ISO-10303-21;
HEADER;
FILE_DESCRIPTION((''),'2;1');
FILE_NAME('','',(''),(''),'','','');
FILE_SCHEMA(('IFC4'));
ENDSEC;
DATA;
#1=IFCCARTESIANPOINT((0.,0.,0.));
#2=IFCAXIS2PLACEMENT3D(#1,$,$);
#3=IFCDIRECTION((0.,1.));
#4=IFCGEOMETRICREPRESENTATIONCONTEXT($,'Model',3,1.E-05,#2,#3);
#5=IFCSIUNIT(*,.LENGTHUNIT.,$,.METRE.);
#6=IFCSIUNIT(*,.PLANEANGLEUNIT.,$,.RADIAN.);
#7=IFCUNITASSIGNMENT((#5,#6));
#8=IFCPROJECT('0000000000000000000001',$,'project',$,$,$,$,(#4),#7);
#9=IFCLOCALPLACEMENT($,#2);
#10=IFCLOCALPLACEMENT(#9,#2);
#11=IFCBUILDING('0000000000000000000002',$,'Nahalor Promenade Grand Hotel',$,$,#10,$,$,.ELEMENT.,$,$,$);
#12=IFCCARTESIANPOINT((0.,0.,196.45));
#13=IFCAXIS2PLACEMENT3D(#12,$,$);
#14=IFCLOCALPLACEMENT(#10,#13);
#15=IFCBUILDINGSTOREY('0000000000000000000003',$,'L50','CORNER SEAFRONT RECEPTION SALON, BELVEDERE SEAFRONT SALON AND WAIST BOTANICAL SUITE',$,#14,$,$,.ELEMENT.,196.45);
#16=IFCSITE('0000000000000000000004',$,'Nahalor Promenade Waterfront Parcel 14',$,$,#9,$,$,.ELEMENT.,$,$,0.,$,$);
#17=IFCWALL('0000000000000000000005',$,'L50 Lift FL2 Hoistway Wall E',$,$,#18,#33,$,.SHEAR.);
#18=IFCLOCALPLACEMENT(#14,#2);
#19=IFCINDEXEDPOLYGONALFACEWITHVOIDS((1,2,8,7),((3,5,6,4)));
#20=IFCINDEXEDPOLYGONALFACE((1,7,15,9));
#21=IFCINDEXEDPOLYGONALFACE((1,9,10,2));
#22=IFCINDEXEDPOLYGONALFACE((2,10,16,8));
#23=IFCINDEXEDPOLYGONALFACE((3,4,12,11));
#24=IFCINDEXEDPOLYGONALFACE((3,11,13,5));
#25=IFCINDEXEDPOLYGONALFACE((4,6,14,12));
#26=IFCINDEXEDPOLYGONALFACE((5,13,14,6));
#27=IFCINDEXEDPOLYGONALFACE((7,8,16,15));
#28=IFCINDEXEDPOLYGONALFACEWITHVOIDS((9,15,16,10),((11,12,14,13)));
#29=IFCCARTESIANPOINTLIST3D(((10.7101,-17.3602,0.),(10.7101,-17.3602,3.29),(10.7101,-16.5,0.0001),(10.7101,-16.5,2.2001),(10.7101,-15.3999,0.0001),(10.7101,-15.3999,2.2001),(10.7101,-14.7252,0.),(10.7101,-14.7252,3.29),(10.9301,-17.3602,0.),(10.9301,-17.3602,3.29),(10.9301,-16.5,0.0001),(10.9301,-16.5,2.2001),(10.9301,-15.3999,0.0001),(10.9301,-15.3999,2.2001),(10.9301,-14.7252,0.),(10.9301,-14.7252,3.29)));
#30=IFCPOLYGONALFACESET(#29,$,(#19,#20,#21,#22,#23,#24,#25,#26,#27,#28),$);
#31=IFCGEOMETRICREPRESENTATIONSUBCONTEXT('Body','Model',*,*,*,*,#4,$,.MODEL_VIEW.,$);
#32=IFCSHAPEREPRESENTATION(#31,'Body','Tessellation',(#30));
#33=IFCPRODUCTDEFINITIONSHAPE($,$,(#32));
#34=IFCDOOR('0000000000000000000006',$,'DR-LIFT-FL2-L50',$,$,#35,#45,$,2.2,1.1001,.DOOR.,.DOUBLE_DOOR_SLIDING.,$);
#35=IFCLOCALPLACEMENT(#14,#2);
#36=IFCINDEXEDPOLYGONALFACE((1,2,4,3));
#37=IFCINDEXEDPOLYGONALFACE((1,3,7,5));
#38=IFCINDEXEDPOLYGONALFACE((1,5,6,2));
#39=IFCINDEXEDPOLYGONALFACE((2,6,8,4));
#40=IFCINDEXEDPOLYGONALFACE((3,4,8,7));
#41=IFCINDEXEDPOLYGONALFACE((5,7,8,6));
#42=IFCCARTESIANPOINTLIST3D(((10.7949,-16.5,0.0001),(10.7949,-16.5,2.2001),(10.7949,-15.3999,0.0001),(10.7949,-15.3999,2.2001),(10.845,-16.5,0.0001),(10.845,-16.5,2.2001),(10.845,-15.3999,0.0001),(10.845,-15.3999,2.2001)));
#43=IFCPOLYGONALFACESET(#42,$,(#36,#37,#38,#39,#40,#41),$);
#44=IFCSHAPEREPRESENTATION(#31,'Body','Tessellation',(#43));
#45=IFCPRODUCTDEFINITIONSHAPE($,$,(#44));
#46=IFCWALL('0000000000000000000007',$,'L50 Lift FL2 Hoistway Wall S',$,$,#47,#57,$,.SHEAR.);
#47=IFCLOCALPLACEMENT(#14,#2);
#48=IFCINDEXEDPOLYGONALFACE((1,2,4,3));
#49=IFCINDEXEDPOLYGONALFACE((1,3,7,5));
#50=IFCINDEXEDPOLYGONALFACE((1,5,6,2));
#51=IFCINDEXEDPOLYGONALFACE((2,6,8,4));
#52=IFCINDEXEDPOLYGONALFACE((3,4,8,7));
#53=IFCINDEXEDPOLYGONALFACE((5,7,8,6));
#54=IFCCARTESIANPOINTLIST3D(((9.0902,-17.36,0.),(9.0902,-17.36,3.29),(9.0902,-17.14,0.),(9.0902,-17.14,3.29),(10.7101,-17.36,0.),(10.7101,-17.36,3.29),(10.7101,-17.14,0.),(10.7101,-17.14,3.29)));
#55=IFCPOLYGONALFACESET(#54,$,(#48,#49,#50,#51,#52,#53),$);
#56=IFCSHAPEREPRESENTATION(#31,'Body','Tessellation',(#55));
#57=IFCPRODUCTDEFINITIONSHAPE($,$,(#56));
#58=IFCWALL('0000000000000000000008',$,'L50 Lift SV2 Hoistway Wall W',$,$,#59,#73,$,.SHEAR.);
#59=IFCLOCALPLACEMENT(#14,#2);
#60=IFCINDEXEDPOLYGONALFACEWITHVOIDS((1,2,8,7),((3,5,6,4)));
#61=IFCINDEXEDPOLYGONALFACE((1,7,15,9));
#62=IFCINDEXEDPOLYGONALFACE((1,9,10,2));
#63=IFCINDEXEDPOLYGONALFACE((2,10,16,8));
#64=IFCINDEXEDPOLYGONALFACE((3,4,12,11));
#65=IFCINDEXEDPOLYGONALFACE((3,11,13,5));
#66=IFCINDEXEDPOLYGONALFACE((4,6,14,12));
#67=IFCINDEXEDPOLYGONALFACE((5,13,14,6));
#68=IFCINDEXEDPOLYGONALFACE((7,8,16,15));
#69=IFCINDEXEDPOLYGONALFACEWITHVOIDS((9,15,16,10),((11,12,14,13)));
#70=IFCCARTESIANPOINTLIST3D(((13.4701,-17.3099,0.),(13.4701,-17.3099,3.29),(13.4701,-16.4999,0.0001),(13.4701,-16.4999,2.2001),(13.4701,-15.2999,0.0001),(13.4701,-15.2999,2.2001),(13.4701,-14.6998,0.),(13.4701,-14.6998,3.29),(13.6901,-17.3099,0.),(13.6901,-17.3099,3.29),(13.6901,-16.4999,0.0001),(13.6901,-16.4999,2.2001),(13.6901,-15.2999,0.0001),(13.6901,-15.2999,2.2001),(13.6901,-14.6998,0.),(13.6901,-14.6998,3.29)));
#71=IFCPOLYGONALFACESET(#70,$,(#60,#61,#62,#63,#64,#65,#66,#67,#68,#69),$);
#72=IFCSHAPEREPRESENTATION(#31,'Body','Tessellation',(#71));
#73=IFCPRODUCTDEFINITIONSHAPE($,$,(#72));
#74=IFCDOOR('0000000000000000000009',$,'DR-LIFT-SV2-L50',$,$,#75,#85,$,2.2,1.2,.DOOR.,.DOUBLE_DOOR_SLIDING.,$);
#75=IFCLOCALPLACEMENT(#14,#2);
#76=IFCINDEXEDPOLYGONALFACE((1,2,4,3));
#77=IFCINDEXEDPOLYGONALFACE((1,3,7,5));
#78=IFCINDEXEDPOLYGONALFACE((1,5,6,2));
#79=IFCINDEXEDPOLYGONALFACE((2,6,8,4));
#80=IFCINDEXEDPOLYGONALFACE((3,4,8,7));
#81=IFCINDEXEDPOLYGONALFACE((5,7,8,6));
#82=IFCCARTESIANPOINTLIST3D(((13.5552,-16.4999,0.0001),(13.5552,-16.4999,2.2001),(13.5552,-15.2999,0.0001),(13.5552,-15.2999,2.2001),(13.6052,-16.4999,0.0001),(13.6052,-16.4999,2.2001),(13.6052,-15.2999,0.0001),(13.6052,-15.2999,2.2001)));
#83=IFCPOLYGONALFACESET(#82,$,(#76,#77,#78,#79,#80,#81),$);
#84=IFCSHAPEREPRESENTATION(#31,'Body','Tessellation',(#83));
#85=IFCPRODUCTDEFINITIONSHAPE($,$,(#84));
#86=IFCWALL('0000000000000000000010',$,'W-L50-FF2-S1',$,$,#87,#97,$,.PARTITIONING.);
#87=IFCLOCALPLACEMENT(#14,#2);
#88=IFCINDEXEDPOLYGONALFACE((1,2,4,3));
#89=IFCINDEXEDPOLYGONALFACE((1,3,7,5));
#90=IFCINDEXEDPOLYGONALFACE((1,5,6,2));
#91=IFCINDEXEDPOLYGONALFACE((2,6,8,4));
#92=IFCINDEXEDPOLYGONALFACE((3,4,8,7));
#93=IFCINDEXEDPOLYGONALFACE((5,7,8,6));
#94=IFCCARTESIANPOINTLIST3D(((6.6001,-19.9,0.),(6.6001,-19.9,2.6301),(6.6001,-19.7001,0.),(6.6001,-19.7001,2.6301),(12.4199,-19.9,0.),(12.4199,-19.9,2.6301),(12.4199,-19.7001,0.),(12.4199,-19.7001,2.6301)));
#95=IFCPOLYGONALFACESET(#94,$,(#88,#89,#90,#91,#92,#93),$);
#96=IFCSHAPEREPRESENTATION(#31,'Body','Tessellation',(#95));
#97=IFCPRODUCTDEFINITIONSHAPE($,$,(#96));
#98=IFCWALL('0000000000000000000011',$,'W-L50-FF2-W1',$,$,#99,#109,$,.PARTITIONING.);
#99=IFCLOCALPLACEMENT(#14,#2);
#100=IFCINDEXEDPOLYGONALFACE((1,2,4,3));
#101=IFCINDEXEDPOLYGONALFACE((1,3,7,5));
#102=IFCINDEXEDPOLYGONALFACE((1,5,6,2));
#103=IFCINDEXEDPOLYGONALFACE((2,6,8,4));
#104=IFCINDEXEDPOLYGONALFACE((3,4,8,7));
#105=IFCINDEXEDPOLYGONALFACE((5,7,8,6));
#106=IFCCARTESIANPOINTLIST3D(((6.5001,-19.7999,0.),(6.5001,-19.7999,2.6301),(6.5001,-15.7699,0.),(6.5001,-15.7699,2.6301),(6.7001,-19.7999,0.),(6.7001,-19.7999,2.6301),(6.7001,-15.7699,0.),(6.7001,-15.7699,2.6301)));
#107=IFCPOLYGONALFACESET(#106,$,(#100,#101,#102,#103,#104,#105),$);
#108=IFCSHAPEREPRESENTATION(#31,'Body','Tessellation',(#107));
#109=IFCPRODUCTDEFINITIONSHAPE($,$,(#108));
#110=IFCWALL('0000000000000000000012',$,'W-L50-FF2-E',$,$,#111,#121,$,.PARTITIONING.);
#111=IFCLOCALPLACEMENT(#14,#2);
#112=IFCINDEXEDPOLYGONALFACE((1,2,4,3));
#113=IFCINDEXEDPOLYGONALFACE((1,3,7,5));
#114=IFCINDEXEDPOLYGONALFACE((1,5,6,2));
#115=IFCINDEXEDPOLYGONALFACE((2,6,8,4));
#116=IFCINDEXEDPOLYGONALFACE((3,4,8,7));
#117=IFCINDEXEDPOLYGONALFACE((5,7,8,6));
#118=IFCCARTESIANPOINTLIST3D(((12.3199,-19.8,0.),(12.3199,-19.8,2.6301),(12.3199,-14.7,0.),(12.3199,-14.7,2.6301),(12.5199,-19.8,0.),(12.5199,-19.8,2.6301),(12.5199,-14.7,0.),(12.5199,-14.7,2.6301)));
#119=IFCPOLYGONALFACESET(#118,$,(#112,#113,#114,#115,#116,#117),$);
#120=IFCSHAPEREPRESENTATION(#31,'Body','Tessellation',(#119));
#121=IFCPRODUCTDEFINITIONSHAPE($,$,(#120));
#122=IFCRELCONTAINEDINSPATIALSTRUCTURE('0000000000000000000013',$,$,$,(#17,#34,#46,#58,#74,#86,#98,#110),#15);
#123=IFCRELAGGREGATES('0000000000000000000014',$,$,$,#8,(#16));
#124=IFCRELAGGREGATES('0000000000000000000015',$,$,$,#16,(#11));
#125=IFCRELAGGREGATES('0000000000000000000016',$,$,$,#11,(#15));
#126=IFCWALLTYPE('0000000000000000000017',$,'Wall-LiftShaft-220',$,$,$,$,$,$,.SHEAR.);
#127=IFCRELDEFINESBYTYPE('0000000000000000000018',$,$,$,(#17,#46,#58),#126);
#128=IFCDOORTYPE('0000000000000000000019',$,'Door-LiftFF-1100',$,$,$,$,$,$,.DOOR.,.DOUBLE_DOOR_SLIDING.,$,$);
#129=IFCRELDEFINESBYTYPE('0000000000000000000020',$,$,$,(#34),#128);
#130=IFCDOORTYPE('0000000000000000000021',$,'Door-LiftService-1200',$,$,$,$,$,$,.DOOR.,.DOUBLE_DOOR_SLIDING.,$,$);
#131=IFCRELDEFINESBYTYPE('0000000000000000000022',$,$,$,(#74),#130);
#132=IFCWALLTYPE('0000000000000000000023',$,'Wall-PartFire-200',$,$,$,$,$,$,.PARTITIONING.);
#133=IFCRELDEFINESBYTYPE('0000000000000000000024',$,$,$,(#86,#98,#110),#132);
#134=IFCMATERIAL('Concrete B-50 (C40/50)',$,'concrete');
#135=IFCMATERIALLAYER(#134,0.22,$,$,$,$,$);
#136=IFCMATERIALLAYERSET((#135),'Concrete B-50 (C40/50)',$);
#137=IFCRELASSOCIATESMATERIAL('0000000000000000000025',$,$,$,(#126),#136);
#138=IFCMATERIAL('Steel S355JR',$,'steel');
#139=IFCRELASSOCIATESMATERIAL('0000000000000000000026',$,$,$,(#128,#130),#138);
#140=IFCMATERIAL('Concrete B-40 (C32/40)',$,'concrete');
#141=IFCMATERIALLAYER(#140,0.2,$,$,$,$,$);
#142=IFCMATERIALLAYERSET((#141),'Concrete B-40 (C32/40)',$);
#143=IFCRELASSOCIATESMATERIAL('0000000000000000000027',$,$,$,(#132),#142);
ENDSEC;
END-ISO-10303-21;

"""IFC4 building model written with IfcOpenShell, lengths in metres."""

from ifc_helpers import new_model, si_unit, direction, frame, frame_2d, origin, place, context, subcontext, project, spatial, rectangle, extrude, source, transform, mapped, material, layer, layer_set, type_object, element, fill, save


model = new_model("IFC4")

# Units and contexts
model_context = context("Model", 3, precision=1e-05, world=origin(), true_north=direction((0.0, 1.0)))
body_context = subcontext(model_context, "Body", "Model", "MODEL_VIEW")
ifc_project = project(units=[si_unit("LENGTHUNIT", "METRE"), si_unit("PLANEANGLEUNIT", "RADIAN")], contexts=[model_context])

# Site, building, storey
site_placement = place(None, origin())
site = spatial("IfcSite", under=ifc_project, at=site_placement, Name="Nahalor Promenade Waterfront Parcel 14", CompositionType="ELEMENT", RefElevation=0.0)
building_placement = place(site_placement, origin())
building = spatial("IfcBuilding", under=site, at=building_placement, Name="Nahalor Promenade Grand Hotel", CompositionType="ELEMENT")
storey_placement = place(building_placement, frame((0.0, 0.0, 196.45)))
storey = spatial("IfcBuildingStorey", under=building, at=storey_placement, Name="L50", Description="CORNER SEAFRONT RECEPTION SALON, BELVEDERE SEAFRONT SALON AND WAIST BOTANICAL SUITE", CompositionType="ELEMENT", Elevation=196.45)

# Shared definitions
ifc_material_1 = material(Name="Steel S355JR", Category="steel")

# Shared definitions
ifc_material_2 = material(Name="Concrete B-50 (C40/50)", Category="concrete")

# Shared definitions
ifc_layer_1 = layer(ifc_material_2, 0.22)
ifc_layer_set_1 = layer_set([ifc_layer_1], Name="Concrete B-50 (C40/50)")
wall_type_1 = type_object("IfcWallType", Name="Wall-LiftShaft-220", PredefinedType="SHEAR", material=ifc_layer_set_1)
shared_shape_1 = source(origin(), body_context, "Body", "SweptSolid", [
    extrude(rectangle(XDim=2.635, YDim=0.22, at=frame_2d((1.3174, 0.0))), origin(), (0.0, 0.0, 1.0), 3.29),
])

# Wall, opening, door
wall_1_placement = place(storey_placement, frame((10.8201, -17.3601, 0.0), z_axis=(0.0, 0.0, 1.0), x_axis=(0.0, 1.0, 0.0)))
wall_1 = element("IfcWall", 1, at=wall_1_placement, inside=storey, type_object=wall_type_1, Name="L50 Lift FL2 Hoistway Wall E", PredefinedType="SHEAR", context=body_context, shape_type="MappedRepresentation", body=[
    mapped(shared_shape_1, transform((0.0, 0.0, 0.0), scale=1.0)),
])
opening_1_placement = place(wall_1_placement, frame((0.8601, 0.0, 0.0)))
opening_1 = element("IfcOpeningElement", 2, at=opening_1_placement, cuts=wall_1, PredefinedType="OPENING", context=body_context, shape_type="SweptSolid", body=[
    extrude(rectangle(XDim=1.1001, YDim=2.2, at=frame_2d((0.55, 1.1001))), frame((0.0, 0.1199, 0.0), z_axis=(0.0, -1.0, 0.0), x_axis=(1.0, 0.0, 0.0)), (0.0, 0.0, 1.0), 0.24),
])
door_type_1 = type_object("IfcDoorType", Name="Door-LiftFF-1100", OperationType="DOUBLE_DOOR_SLIDING", PredefinedType="DOOR", material=ifc_material_1)
shared_shape_2 = source(origin(), body_context, "Body", "SweptSolid", [
    extrude(rectangle(XDim=1.1001, YDim=2.2, at=frame_2d((0.55, 1.1001))), frame((0.0, 0.0249, 0.0), z_axis=(0.0, -1.0, 0.0), x_axis=(1.0, 0.0, 0.0)), (0.0, 0.0, 1.0), 0.05),
])
door_1_placement = place(opening_1_placement, frame((1.1001, 0.0, 0.0), z_axis=(0.0, 0.0, 1.0), x_axis=(-1.0, 0.0, 0.0)))
door_1 = element("IfcDoor", 3, at=door_1_placement, inside=storey, type_object=door_type_1, Name="DR-LIFT-FL2-L50", OperationType="DOUBLE_DOOR_SLIDING", OverallHeight=2.2, OverallWidth=1.1001, PredefinedType="DOOR", context=body_context, shape_type="MappedRepresentation", body=[
    mapped(shared_shape_2, transform((0.0, 0.0, 0.0), scale=1.0)),
])
fill(opening_1, door_1)

# Wall
shared_shape_3 = source(origin(), body_context, "Body", "SweptSolid", [
    extrude(rectangle(XDim=1.6199, YDim=0.22, at=frame_2d((0.8101, 0.0))), origin(), (0.0, 0.0, 1.0), 3.29),
])
wall_2_placement = place(storey_placement, frame((9.0901, -17.25, 0.0), z_axis=(0.0, 0.0, 1.0), x_axis=(1.0, 0.0, 0.0)))
element("IfcWall", 4, at=wall_2_placement, inside=storey, type_object=wall_type_1, Name="L50 Lift FL2 Hoistway Wall S", PredefinedType="SHEAR", context=body_context, shape_type="MappedRepresentation", body=[
    mapped(shared_shape_3, transform((0.0, 0.0, 0.0), scale=1.0)),
])

# Wall, opening, door
shared_shape_4 = source(origin(), body_context, "Body", "SweptSolid", [
    extrude(rectangle(XDim=2.6101, YDim=0.22, at=frame_2d((1.3052, 0.0))), origin(), (0.0, 0.0, 1.0), 3.29),
])
wall_3_placement = place(storey_placement, frame((13.5801, -17.3101, 0.0), z_axis=(0.0, 0.0, 1.0), x_axis=(0.0, 1.0, 0.0)))
wall_3 = element("IfcWall", 5, at=wall_3_placement, inside=storey, type_object=wall_type_1, Name="L50 Lift SV2 Hoistway Wall W", PredefinedType="SHEAR", context=body_context, shape_type="MappedRepresentation", body=[
    mapped(shared_shape_4, transform((0.0, 0.0, 0.0), scale=1.0)),
])
opening_2_placement = place(wall_3_placement, frame((0.8101, 0.0, 0.0)))
opening_2 = element("IfcOpeningElement", 6, at=opening_2_placement, cuts=wall_3, PredefinedType="OPENING", context=body_context, shape_type="SweptSolid", body=[
    extrude(rectangle(XDim=1.2, YDim=2.2, at=frame_2d((0.6001, 1.1001))), frame((0.0, 0.1199, 0.0), z_axis=(0.0, -1.0, 0.0), x_axis=(1.0, 0.0, 0.0)), (0.0, 0.0, 1.0), 0.24),
])
door_type_2 = type_object("IfcDoorType", Name="Door-LiftService-1200", OperationType="DOUBLE_DOOR_SLIDING", PredefinedType="DOOR", material=ifc_material_1)
shared_shape_5 = source(origin(), body_context, "Body", "SweptSolid", [
    extrude(rectangle(XDim=1.2, YDim=2.2, at=frame_2d((0.6001, 1.1001))), frame((0.0, 0.0249, 0.0), z_axis=(0.0, -1.0, 0.0), x_axis=(1.0, 0.0, 0.0)), (0.0, 0.0, 1.0), 0.05),
])
door_2_placement = place(opening_2_placement, origin())
door_2 = element("IfcDoor", 7, at=door_2_placement, inside=storey, type_object=door_type_2, Name="DR-LIFT-SV2-L50", OperationType="DOUBLE_DOOR_SLIDING", OverallHeight=2.2, OverallWidth=1.2, PredefinedType="DOOR", context=body_context, shape_type="MappedRepresentation", body=[
    mapped(shared_shape_5, transform((0.0, 0.0, 0.0), scale=1.0)),
])
fill(opening_2, door_2)

# Walls
ifc_material_3 = material(Name="Concrete B-40 (C32/40)", Category="concrete")
ifc_layer_2 = layer(ifc_material_3, 0.2)
ifc_layer_set_2 = layer_set([ifc_layer_2], Name="Concrete B-40 (C32/40)")
wall_type_2 = type_object("IfcWallType", Name="Wall-PartFire-200", PredefinedType="PARTITIONING", material=ifc_layer_set_2)
shared_shape_6 = source(origin(), body_context, "Body", "SweptSolid", [
    extrude(rectangle(XDim=5.8198, YDim=0.2, at=frame_2d((2.9099, 0.0))), origin(), (0.0, 0.0, 1.0), 2.6301),
])
wall_4_placement = place(storey_placement, frame((6.6001, -19.8, 0.0), z_axis=(0.0, 0.0, 1.0), x_axis=(1.0, 0.0, 0.0)))
element("IfcWall", 8, at=wall_4_placement, inside=storey, type_object=wall_type_2, Name="W-L50-FF2-S1", PredefinedType="PARTITIONING", context=body_context, shape_type="MappedRepresentation", body=[
    mapped(shared_shape_6, transform((0.0, 0.0, 0.0), scale=1.0)),
])
shared_shape_7 = source(origin(), body_context, "Body", "SweptSolid", [
    extrude(rectangle(XDim=4.03, YDim=0.2, at=frame_2d((2.0151, 0.0))), origin(), (0.0, 0.0, 1.0), 2.6301),
])
wall_5_placement = place(storey_placement, frame((6.6001, -19.8, 0.0), z_axis=(0.0, 0.0, 1.0), x_axis=(0.0, 1.0, 0.0)))
element("IfcWall", 9, at=wall_5_placement, inside=storey, type_object=wall_type_2, Name="W-L50-FF2-W1", PredefinedType="PARTITIONING", context=body_context, shape_type="MappedRepresentation", body=[
    mapped(shared_shape_7, transform((0.0, 0.0, 0.0), scale=1.0)),
])
shared_shape_8 = source(origin(), body_context, "Body", "SweptSolid", [
    extrude(rectangle(XDim=5.1001, YDim=0.2, at=frame_2d((2.55, 0.0))), origin(), (0.0, 0.0, 1.0), 2.6301),
])
wall_6_placement = place(storey_placement, frame((12.4199, -19.8, 0.0), z_axis=(0.0, 0.0, 1.0), x_axis=(0.0, 1.0, 0.0)))
element("IfcWall", 10, at=wall_6_placement, inside=storey, type_object=wall_type_2, Name="W-L50-FF2-E", PredefinedType="PARTITIONING", context=body_context, shape_type="MappedRepresentation", body=[
    mapped(shared_shape_8, transform((0.0, 0.0, 0.0), scale=1.0)),
])

save(model, "model.ifc")
